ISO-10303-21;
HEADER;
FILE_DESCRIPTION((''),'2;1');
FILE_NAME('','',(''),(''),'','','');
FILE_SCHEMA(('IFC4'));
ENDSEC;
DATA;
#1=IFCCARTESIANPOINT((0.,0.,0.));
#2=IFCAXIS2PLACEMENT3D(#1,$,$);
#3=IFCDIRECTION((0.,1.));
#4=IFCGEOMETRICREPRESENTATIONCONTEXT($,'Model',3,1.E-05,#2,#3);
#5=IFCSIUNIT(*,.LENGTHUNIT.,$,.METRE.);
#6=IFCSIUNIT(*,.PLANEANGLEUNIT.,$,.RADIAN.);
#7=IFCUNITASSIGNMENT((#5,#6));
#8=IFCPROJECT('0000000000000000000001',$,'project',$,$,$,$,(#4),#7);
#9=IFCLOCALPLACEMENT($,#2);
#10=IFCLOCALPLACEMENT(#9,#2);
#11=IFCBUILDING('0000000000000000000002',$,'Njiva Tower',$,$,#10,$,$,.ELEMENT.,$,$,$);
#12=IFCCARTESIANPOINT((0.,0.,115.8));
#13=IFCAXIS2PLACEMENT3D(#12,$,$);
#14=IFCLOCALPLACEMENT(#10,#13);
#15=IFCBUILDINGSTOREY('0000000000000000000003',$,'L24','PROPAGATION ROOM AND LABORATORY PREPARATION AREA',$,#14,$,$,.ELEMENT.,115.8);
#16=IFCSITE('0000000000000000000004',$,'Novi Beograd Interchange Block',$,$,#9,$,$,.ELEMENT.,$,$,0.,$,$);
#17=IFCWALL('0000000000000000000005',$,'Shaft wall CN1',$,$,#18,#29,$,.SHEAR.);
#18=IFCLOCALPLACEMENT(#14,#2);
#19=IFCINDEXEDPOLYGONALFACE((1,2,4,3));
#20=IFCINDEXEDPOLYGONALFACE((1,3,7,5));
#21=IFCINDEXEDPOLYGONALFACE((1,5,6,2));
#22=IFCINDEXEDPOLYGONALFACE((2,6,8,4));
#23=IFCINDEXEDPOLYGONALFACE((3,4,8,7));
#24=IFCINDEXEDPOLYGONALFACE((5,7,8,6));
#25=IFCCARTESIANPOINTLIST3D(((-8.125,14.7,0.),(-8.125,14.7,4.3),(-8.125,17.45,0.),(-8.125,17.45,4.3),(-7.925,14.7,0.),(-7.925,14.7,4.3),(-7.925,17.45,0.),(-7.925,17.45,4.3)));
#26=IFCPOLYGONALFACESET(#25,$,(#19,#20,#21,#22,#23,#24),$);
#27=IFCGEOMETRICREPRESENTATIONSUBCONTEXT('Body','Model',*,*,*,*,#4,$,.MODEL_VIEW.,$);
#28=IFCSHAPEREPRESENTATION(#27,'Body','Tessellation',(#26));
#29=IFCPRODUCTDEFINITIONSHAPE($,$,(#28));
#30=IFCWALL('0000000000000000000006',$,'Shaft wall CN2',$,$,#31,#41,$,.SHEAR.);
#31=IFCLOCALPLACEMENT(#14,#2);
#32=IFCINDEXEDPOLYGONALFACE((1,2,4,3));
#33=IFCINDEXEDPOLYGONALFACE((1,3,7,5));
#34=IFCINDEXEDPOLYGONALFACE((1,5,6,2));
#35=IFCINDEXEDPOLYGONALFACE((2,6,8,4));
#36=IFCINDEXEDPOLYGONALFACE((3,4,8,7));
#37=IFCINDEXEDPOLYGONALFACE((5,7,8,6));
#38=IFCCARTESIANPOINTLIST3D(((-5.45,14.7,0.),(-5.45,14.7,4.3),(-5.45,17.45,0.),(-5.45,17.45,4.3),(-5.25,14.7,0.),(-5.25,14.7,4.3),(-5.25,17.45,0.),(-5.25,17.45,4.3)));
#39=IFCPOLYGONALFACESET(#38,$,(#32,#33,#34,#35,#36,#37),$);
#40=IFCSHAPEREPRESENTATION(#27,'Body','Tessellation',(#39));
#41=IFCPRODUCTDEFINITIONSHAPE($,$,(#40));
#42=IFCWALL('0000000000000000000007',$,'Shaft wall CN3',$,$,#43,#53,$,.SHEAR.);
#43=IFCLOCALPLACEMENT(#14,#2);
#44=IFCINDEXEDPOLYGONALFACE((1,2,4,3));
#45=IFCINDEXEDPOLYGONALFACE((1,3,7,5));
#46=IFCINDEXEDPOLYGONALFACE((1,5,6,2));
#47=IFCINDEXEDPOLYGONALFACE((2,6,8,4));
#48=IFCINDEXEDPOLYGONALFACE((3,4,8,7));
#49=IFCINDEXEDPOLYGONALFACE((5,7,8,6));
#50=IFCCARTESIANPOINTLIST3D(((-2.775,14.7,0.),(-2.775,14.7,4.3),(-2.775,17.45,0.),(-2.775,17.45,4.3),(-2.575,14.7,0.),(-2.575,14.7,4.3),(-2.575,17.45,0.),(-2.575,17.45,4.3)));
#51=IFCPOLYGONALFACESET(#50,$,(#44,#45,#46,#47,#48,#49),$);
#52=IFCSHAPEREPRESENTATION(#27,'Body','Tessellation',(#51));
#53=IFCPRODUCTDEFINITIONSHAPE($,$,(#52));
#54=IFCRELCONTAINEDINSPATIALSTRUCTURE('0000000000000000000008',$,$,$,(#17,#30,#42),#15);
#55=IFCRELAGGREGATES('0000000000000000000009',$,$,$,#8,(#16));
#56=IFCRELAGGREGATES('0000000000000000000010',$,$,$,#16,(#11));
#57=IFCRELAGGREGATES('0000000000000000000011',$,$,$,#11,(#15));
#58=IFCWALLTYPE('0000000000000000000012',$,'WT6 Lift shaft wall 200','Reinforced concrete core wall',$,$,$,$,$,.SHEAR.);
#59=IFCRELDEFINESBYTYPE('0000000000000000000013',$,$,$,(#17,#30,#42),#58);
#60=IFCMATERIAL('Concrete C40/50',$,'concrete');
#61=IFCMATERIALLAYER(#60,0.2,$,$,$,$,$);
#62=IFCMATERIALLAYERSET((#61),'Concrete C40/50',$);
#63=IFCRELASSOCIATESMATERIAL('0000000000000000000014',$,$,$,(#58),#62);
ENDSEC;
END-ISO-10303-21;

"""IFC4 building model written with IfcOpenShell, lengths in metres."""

from ifc_helpers import new_model, si_unit, direction, frame, frame_2d, origin, place, context, subcontext, project, spatial, rectangle, extrude, material, layer, layer_set, type_object, element, save


model = new_model("IFC4")

# Units and contexts
model_context = context("Model", 3, precision=1e-05, world=origin(), true_north=direction((0.0, 1.0)))
body_context = subcontext(model_context, "Body", "Model", "MODEL_VIEW")
ifc_project = project(units=[si_unit("LENGTHUNIT", "METRE"), si_unit("PLANEANGLEUNIT", "RADIAN")], contexts=[model_context])

# Site, building, storey
site_placement = place(None, origin())
site = spatial("IfcSite", under=ifc_project, at=site_placement, Name="Novi Beograd Interchange Block", CompositionType="ELEMENT", RefElevation=0.0)
building_placement = place(site_placement, origin())
building = spatial("IfcBuilding", under=site, at=building_placement, Name="Njiva Tower", CompositionType="ELEMENT")
storey_placement = place(building_placement, frame((0.0, 0.0, 115.8)))
storey = spatial("IfcBuildingStorey", under=building, at=storey_placement, Name="L24", Description="PROPAGATION ROOM AND LABORATORY PREPARATION AREA", CompositionType="ELEMENT", Elevation=115.8)

# Walls
ifc_material_1 = material(Name="Concrete C40/50", Category="concrete")
ifc_layer_1 = layer(ifc_material_1, 0.2)
ifc_layer_set_1 = layer_set([ifc_layer_1], Name="Concrete C40/50")
wall_type_1 = type_object("IfcWallType", Name="WT6 Lift shaft wall 200", Description="Reinforced concrete core wall", PredefinedType="SHEAR", material=ifc_layer_set_1)
for number, where, z_axis, x_axis, name in (
    (1, (-8.025, 14.7, 0.0), (0.0, 0.0, 1.0), (0.0, 1.0, 0.0), "Shaft wall CN1"),
    (2, (-5.35, 14.7, 0.0), (0.0, 0.0, 1.0), (0.0, 1.0, 0.0), "Shaft wall CN2"),
    (3, (-2.675, 14.7, 0.0), (0.0, 0.0, 1.0), (0.0, 1.0, 0.0), "Shaft wall CN3"),
):
    element("IfcWall", number, at=place(storey_placement, frame(where, z_axis=z_axis, x_axis=x_axis)), inside=storey, type_object=wall_type_1, Name=name, PredefinedType="SHEAR", context=body_context, shape_type="SweptSolid", body=[
        extrude(rectangle(XDim=2.75, YDim=0.2, at=frame_2d((1.375, 0.0))), origin(), (0.0, 0.0, 1.0), 4.3),
    ])

save(model, "model.ifc")
